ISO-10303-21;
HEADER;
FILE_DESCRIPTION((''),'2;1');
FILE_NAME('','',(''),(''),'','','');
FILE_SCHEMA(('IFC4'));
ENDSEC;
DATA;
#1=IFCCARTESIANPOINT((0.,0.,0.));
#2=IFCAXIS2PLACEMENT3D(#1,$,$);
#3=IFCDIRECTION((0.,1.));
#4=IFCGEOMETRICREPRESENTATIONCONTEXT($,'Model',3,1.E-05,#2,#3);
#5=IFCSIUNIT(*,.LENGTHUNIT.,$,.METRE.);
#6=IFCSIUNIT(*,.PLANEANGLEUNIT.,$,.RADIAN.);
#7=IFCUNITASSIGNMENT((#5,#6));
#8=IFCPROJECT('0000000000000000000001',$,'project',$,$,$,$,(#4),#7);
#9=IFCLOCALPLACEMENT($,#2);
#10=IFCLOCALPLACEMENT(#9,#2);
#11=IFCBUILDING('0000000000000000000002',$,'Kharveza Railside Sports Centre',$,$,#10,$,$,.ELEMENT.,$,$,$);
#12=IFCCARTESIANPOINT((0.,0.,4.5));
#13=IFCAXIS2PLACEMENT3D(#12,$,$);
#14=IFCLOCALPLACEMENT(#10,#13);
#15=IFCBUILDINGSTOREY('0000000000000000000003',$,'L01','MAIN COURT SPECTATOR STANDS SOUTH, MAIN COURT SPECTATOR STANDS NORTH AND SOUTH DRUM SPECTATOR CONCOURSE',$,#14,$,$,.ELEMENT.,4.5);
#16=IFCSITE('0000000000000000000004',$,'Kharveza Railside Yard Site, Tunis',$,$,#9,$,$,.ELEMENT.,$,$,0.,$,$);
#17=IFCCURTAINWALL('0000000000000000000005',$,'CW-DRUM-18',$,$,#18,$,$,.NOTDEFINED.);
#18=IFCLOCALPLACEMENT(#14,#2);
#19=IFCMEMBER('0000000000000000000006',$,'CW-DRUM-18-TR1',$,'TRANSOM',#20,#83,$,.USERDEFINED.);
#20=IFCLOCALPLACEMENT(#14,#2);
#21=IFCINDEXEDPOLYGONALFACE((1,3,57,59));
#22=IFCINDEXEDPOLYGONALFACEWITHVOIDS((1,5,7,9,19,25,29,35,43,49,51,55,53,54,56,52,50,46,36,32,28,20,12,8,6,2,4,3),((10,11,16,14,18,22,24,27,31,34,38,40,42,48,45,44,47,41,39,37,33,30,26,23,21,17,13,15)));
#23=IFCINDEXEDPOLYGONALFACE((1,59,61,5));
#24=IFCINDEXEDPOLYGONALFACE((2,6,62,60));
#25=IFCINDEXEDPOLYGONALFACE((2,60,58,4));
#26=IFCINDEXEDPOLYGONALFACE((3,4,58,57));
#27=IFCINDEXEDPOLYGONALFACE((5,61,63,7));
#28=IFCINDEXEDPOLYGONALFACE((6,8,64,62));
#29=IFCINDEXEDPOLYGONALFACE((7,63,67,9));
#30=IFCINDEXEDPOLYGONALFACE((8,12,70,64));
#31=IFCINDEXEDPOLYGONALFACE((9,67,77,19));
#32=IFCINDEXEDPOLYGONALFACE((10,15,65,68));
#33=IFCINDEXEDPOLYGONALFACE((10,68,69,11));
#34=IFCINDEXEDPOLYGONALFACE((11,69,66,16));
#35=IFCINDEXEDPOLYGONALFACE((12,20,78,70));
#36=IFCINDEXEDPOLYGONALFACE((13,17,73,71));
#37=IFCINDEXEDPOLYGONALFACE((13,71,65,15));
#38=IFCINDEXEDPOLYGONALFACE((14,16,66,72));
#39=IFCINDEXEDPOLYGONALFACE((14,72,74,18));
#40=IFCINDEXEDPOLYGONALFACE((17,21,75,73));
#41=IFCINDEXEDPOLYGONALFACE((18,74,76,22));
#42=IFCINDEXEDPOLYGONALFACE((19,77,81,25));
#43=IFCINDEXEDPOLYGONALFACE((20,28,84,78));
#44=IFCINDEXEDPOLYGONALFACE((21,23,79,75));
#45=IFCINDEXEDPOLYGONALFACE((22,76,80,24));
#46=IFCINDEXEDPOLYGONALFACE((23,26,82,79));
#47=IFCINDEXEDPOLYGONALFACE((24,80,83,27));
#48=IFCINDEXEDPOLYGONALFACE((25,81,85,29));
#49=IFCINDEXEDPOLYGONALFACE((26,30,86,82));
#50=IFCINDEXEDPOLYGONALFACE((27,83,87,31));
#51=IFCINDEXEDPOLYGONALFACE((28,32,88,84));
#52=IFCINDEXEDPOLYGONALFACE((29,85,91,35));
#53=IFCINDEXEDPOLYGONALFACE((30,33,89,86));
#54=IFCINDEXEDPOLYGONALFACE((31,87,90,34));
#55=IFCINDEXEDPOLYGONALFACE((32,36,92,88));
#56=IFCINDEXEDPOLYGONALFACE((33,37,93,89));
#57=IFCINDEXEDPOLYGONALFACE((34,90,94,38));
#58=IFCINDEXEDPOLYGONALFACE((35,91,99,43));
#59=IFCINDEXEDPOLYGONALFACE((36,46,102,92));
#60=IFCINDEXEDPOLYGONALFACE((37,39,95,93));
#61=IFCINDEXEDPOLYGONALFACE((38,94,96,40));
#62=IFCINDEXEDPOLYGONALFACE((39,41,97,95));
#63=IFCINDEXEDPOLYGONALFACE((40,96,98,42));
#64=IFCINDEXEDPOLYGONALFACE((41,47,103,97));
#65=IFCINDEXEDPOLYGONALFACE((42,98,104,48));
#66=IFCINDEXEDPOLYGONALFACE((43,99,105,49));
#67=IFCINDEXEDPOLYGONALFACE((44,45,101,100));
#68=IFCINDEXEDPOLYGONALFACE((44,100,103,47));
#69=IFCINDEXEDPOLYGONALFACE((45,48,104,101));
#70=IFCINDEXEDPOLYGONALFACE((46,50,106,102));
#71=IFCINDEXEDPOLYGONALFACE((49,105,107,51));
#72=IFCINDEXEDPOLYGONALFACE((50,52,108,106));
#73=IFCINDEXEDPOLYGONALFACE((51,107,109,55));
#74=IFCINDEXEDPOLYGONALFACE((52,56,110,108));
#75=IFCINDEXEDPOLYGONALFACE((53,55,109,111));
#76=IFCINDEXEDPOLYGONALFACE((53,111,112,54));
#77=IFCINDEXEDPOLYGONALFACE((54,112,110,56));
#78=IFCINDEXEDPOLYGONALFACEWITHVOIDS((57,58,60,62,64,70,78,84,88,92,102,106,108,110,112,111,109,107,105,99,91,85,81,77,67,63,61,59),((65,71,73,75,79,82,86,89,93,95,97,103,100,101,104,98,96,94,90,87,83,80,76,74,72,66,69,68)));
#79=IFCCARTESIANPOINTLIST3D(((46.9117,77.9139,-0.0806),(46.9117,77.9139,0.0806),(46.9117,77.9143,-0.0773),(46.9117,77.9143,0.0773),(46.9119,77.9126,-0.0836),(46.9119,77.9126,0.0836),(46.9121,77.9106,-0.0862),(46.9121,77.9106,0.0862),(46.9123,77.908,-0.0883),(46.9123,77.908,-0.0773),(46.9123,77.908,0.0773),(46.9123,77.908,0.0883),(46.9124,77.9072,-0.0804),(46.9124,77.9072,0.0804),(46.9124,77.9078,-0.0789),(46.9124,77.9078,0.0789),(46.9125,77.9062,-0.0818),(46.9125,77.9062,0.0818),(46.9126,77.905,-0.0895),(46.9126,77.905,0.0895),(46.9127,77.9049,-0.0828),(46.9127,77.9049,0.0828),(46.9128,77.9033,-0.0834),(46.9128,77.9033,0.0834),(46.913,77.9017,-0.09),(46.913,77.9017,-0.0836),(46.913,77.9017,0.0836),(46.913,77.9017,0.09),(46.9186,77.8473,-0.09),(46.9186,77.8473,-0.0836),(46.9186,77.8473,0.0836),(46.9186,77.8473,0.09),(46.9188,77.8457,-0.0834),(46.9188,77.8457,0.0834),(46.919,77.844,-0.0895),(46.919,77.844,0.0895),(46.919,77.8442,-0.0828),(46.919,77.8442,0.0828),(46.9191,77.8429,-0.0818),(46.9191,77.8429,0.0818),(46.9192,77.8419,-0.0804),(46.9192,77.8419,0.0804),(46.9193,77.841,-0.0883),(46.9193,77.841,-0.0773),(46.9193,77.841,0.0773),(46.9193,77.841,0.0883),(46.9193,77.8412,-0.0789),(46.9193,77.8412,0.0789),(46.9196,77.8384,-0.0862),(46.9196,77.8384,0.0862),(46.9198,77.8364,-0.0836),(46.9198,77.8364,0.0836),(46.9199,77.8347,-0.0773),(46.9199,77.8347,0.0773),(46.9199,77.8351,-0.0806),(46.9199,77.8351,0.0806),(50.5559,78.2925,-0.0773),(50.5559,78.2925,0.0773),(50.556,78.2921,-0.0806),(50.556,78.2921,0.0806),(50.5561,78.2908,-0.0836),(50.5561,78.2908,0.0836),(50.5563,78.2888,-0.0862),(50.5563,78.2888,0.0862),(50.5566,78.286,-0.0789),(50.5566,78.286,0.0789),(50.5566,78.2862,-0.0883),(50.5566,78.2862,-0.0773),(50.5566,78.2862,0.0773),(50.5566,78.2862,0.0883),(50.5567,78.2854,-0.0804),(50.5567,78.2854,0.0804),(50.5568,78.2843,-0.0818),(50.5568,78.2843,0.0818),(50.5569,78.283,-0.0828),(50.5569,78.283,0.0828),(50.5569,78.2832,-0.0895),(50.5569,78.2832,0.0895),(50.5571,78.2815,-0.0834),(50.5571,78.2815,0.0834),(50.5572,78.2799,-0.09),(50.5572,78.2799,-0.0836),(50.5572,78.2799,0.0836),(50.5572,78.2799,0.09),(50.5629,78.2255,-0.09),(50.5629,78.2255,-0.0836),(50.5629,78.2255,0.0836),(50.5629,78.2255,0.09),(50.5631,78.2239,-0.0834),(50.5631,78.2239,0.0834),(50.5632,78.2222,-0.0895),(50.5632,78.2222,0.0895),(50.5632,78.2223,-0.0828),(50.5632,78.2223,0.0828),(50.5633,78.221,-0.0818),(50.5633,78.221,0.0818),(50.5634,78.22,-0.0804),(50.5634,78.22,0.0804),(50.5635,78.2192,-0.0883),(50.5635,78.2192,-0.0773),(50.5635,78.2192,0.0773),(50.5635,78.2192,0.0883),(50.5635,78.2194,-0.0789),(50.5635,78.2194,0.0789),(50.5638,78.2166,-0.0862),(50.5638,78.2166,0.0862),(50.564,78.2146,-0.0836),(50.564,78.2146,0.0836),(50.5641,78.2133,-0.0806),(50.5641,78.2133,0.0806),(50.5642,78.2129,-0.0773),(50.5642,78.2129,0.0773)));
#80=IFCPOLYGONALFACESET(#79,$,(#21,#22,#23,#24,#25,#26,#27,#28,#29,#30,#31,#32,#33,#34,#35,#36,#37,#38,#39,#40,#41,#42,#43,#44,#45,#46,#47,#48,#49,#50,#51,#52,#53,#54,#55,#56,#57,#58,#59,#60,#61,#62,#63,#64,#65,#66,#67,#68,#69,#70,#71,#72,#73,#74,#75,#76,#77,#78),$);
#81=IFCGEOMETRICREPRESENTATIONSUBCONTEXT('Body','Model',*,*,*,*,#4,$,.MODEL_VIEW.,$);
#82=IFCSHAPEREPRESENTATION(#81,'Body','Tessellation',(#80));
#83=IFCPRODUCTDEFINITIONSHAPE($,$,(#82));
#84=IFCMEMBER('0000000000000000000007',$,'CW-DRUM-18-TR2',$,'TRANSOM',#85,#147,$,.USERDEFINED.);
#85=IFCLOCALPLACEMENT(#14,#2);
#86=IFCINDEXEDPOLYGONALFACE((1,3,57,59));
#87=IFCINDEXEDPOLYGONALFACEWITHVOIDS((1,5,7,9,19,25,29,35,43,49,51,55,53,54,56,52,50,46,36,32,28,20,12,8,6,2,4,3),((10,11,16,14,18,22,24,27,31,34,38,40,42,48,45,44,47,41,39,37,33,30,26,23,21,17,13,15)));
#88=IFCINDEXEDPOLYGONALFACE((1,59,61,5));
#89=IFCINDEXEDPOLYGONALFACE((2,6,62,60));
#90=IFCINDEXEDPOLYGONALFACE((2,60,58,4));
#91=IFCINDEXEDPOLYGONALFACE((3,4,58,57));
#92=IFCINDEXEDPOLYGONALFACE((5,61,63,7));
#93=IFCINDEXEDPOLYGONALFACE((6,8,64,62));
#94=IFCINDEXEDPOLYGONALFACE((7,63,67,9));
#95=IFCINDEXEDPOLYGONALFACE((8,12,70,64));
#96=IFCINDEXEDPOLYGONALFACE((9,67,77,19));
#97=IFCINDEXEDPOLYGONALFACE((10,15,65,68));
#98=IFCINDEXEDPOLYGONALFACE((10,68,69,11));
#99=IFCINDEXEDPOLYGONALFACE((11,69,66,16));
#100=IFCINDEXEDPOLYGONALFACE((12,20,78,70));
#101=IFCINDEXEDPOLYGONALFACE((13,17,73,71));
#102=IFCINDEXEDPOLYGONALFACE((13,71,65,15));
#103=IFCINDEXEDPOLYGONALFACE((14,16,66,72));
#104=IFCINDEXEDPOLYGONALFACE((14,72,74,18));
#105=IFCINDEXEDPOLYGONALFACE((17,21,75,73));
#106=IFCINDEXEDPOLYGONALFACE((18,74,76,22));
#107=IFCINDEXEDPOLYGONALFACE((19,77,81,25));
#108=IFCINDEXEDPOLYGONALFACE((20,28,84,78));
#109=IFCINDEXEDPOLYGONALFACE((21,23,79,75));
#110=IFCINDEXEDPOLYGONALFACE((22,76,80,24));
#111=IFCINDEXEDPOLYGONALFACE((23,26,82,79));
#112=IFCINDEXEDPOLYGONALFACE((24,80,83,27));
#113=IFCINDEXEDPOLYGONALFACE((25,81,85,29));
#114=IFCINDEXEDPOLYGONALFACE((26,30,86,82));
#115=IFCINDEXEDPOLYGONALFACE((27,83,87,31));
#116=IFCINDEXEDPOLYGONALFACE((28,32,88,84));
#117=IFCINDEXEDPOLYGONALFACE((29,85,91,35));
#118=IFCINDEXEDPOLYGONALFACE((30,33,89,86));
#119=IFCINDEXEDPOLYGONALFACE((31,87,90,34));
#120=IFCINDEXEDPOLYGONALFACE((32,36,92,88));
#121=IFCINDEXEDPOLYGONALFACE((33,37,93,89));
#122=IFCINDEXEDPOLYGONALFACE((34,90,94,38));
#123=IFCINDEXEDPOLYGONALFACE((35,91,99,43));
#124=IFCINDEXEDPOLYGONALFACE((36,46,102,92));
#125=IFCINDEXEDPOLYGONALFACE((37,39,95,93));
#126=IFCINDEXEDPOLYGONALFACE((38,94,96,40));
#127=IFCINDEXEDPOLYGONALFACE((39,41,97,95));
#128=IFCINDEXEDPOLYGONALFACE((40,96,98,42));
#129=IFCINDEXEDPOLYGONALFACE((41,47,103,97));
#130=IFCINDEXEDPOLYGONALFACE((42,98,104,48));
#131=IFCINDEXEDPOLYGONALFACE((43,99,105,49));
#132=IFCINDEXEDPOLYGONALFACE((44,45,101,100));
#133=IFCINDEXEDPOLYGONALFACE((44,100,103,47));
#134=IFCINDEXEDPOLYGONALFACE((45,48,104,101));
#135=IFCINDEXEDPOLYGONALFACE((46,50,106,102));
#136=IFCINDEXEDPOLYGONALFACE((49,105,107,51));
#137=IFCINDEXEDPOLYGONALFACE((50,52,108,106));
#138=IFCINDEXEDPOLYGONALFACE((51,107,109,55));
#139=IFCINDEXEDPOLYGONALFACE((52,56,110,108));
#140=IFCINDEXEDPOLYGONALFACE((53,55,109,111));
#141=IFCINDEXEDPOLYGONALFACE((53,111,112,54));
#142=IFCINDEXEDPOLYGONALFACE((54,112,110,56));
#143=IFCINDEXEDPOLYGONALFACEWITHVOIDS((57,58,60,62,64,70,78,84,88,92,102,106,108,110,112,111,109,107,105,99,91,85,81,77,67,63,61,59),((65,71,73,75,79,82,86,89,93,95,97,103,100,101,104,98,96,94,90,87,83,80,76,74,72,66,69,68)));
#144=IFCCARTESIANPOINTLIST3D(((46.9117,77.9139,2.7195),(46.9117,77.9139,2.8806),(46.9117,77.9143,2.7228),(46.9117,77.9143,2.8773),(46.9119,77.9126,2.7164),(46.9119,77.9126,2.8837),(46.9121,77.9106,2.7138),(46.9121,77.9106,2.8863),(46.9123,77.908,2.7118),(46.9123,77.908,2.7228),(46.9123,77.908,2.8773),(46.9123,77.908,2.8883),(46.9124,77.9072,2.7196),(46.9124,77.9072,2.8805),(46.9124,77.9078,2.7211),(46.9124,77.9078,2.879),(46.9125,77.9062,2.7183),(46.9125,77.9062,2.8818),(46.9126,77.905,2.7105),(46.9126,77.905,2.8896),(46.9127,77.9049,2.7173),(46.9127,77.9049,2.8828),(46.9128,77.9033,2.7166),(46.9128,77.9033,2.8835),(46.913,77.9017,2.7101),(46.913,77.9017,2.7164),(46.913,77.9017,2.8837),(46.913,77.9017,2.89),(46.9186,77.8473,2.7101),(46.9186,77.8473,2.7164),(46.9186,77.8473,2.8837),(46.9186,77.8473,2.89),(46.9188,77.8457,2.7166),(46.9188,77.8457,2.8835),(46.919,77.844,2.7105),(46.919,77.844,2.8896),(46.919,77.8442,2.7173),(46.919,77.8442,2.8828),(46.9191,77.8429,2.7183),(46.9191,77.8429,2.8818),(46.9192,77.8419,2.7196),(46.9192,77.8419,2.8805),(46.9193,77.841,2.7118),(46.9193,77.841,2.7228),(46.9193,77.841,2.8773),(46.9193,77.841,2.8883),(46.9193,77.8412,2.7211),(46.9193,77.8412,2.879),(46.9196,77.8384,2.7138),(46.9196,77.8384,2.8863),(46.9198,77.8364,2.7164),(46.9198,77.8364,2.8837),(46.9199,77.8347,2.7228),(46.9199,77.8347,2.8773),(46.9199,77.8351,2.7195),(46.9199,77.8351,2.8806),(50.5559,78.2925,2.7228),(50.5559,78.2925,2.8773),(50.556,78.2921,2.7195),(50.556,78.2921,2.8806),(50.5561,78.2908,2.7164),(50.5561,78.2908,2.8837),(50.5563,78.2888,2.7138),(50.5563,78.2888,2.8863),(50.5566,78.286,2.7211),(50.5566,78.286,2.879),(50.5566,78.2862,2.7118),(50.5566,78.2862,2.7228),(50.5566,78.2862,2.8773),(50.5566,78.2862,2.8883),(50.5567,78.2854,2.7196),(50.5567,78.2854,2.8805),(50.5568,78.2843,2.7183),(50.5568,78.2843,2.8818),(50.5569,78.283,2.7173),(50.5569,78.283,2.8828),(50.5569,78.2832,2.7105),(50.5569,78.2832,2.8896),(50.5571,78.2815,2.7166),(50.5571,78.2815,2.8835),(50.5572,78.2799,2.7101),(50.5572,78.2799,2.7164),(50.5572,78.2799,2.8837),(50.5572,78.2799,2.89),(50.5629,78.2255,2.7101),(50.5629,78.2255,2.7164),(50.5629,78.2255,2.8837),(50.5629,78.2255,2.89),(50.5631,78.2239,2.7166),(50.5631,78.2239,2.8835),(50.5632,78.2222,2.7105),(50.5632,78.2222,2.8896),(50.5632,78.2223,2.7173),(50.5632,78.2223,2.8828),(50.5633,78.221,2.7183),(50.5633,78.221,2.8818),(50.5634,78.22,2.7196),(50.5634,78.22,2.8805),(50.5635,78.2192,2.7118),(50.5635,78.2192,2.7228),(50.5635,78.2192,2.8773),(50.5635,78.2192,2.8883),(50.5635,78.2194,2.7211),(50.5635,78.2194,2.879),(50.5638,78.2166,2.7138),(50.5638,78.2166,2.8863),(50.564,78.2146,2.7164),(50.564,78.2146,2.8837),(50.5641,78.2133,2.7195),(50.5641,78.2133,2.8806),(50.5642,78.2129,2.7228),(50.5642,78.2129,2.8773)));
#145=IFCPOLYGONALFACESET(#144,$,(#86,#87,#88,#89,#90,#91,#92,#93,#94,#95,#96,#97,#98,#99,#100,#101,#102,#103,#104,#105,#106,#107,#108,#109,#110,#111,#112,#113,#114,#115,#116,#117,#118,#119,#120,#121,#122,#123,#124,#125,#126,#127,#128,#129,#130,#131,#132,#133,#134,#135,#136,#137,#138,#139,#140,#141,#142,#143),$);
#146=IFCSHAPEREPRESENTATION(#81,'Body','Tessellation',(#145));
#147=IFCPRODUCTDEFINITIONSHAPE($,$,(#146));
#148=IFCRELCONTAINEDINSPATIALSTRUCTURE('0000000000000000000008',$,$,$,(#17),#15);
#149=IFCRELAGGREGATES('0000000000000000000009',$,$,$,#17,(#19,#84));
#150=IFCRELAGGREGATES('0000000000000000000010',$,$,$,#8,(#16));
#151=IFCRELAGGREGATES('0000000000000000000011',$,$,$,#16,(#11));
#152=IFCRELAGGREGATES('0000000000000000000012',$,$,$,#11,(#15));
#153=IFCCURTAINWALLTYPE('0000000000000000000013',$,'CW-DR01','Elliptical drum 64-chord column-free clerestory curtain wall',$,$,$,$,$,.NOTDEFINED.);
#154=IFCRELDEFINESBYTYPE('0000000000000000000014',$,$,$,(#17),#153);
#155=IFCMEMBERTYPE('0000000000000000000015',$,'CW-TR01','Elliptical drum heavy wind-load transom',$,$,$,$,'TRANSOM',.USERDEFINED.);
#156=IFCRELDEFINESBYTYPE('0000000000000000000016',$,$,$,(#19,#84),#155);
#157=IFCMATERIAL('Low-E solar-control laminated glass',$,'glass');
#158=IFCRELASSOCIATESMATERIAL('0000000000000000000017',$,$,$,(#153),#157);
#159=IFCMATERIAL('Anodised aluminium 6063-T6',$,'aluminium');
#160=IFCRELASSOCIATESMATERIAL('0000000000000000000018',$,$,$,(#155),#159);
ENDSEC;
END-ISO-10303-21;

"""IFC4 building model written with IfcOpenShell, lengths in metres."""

from ifc_helpers import new_model, si_unit, direction, frame, origin, origin_2d, place, context, subcontext, project, spatial, hollow_rectangle, extrude, material, material_profile, profile_set, type_object, element, aggregate, save


model = new_model("IFC4")

# Units and contexts
model_context = context("Model", 3, precision=1e-05, world=origin(), true_north=direction((0.0, 1.0)))
body_context = subcontext(model_context, "Body", "Model", "MODEL_VIEW")
ifc_project = project(units=[si_unit("LENGTHUNIT", "METRE"), si_unit("PLANEANGLEUNIT", "RADIAN")], contexts=[model_context])

# Site, building, storey
site_placement = place(None, origin())
site = spatial("IfcSite", under=ifc_project, at=site_placement, Name="Kharveza Railside Yard Site, Tunis", CompositionType="ELEMENT", RefElevation=0.0)
building_placement = place(site_placement, origin())
building = spatial("IfcBuilding", under=site, at=building_placement, Name="Kharveza Railside Sports Centre", CompositionType="ELEMENT")
storey_placement = place(building_placement, frame((0.0, 0.0, 4.5)))
storey = spatial("IfcBuildingStorey", under=building, at=storey_placement, Name="L01", Description="MAIN COURT SPECTATOR STANDS SOUTH, MAIN COURT SPECTATOR STANDS NORTH AND SOUTH DRUM SPECTATOR CONCOURSE", CompositionType="ELEMENT", Elevation=4.5)

# Curtain wall, members
ifc_material_1 = material(Name="Low-E solar-control laminated glass", Category="glass")
curtain_wall_type = type_object("IfcCurtainWallType", Name="CW-DR01", Description="Elliptical drum 64-chord column-free clerestory curtain wall", PredefinedType="NOTDEFINED", material=ifc_material_1)
ifc_material_2 = material(Name="Anodised aluminium 6063-T6", Category="aluminium")
curtain_wall_1_placement = place(storey_placement, origin())
curtain_wall_1 = element("IfcCurtainWall", 1, at=curtain_wall_1_placement, inside=storey, type_object=curtain_wall_type, Name="CW-DRUM-18", PredefinedType="NOTDEFINED")
ifc_material_profile_1 = material_profile(ifc_material_2, hollow_rectangle(XDim=0.0801, YDim=0.1799, WallThickness=0.0063, InnerFilletRadius=0.0063, OuterFilletRadius=0.0127, at=origin_2d()), Name="RHS 80x180x6.3")
ifc_profile_set_1 = profile_set([ifc_material_profile_1], Name="Anodised aluminium 6063-T6")
member_type_1 = type_object("IfcMemberType", Name="CW-TR01", Description="Elliptical drum heavy wind-load transom", ElementType="TRANSOM", PredefinedType="USERDEFINED", material=ifc_profile_set_1)
member_1_placement = place(storey_placement, frame((50.5601, 78.2527, 0.0), z_axis=(-0.994659, -0.103217, 0.0), x_axis=(0.103217, -0.994659, 0.0)))
member_1 = element("IfcMember", 2, at=member_1_placement, type_object=member_type_1, Name="CW-DRUM-18-TR1", ObjectType="TRANSOM", PredefinedType="USERDEFINED", context=body_context, shape_type="SweptSolid", body=[
    extrude(hollow_rectangle(XDim=0.0801, YDim=0.1799, WallThickness=0.0063, InnerFilletRadius=0.0063, OuterFilletRadius=0.0127, at=origin_2d()), origin(), (0.0, 0.0, 1.0), 3.6638),
])
member_2_placement = place(storey_placement, frame((50.5601, 78.2527, 2.8), z_axis=(-0.994659, -0.103217, 0.0), x_axis=(0.103217, -0.994659, 0.0)))
member_2 = element("IfcMember", 3, at=member_2_placement, type_object=member_type_1, Name="CW-DRUM-18-TR2", ObjectType="TRANSOM", PredefinedType="USERDEFINED", context=body_context, shape_type="SweptSolid", body=[
    extrude(hollow_rectangle(XDim=0.0801, YDim=0.1799, WallThickness=0.0063, InnerFilletRadius=0.0063, OuterFilletRadius=0.0127, at=origin_2d()), origin(), (0.0, 0.0, 1.0), 3.6638),
])

aggregate(curtain_wall_1, [member_1, member_2])

save(model, "model.ifc")
